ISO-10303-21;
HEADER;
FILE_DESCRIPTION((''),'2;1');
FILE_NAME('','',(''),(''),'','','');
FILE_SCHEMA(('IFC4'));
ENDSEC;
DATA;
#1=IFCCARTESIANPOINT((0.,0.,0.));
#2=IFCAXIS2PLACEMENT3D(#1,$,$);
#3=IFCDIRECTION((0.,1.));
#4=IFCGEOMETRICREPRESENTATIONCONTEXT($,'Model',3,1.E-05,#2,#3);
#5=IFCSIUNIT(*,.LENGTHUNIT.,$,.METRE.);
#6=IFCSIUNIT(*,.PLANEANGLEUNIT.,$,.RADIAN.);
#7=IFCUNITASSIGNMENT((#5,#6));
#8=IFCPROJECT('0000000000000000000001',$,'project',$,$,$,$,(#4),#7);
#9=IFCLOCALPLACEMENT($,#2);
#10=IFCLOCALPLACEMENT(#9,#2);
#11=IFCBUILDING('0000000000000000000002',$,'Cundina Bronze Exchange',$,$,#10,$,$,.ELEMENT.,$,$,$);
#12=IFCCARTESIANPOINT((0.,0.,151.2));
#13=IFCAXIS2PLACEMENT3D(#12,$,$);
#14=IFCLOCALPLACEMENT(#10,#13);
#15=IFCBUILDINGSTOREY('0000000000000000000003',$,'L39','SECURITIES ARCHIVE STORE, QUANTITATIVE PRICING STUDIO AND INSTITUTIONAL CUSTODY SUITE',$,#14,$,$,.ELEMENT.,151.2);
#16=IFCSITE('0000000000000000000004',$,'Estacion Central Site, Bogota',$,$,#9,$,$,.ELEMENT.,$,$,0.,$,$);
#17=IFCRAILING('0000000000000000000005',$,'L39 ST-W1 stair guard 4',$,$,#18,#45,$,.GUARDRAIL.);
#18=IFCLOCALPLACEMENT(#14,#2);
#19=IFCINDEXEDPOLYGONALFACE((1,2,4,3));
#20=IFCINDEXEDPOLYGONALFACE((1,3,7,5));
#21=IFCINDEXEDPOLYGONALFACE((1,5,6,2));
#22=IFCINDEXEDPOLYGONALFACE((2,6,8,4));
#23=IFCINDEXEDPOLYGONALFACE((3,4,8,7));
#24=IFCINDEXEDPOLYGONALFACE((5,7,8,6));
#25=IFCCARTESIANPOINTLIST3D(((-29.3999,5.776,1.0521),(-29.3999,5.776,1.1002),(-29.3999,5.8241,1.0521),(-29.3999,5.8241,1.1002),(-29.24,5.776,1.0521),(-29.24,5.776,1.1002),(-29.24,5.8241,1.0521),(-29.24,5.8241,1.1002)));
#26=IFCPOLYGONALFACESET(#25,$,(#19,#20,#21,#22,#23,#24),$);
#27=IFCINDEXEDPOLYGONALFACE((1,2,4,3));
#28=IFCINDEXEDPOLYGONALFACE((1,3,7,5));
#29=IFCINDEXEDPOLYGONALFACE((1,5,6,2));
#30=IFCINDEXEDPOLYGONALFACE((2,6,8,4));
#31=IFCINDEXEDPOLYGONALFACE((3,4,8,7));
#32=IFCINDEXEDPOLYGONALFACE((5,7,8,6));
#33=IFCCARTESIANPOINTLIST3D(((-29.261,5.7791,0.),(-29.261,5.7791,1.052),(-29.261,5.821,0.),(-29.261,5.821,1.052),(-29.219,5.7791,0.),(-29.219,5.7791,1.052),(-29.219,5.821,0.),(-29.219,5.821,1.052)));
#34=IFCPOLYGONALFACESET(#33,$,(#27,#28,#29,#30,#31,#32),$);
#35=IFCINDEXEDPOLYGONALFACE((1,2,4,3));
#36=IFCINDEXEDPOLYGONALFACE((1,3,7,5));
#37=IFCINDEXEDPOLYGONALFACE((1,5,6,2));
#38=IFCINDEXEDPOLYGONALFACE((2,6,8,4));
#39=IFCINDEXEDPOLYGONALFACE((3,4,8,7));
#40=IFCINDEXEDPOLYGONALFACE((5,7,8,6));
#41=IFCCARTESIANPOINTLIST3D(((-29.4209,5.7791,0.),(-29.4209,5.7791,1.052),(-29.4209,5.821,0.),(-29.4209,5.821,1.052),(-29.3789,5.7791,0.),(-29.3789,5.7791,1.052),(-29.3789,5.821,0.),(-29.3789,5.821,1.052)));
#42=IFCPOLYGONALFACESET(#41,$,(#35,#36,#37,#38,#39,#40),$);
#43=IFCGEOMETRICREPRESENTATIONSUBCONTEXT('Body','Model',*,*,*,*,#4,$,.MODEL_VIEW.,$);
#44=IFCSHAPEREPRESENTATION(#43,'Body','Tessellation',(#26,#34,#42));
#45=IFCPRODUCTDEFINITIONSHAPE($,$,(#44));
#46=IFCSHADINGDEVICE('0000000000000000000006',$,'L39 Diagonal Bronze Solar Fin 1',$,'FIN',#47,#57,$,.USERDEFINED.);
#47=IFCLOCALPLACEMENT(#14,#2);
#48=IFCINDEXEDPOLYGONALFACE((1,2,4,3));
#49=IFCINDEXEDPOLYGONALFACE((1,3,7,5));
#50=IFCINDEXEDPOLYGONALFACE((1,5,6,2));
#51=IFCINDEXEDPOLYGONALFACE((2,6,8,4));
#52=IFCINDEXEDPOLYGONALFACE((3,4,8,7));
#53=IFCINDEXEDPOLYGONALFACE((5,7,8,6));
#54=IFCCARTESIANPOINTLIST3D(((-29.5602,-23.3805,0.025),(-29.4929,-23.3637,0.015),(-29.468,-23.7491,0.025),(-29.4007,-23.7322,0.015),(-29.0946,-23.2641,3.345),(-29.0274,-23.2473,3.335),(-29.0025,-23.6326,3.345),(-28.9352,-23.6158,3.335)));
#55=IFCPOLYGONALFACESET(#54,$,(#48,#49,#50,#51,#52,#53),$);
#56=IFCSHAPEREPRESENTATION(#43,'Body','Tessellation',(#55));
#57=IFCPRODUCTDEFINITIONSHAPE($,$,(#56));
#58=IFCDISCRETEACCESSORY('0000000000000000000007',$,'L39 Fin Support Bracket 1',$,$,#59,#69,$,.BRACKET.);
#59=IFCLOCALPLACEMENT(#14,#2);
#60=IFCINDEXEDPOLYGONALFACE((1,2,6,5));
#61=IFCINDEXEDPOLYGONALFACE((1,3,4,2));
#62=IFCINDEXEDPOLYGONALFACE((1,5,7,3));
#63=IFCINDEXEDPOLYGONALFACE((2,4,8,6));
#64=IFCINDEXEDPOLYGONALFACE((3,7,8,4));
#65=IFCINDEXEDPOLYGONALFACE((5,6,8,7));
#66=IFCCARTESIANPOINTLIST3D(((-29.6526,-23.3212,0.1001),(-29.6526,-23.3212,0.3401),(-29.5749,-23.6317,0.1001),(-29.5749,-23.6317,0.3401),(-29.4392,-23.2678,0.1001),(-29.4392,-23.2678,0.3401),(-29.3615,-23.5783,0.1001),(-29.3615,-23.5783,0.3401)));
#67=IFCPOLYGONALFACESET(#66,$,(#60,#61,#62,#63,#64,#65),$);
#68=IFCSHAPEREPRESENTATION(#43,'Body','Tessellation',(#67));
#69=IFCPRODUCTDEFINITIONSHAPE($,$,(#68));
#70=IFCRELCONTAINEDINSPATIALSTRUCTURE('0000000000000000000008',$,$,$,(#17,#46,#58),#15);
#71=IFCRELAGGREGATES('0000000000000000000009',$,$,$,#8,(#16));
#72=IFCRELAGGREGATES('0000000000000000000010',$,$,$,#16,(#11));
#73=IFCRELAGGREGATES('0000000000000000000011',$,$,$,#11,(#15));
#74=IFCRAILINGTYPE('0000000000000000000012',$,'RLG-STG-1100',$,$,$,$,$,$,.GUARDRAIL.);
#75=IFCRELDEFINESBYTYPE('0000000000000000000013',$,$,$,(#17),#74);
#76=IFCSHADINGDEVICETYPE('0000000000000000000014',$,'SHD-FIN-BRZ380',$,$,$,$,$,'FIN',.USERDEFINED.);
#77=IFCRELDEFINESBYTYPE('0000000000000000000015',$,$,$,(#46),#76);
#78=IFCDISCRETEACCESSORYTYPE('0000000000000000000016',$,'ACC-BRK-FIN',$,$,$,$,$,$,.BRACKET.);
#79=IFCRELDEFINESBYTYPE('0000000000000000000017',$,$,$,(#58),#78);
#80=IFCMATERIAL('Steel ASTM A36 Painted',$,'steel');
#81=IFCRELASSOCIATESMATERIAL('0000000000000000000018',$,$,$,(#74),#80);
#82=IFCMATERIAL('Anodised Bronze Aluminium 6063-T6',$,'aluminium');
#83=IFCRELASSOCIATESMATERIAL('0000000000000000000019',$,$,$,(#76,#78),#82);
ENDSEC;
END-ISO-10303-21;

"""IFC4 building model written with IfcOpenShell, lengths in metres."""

from ifc_helpers import new_model, si_unit, direction, frame, origin, origin_2d, place, context, subcontext, project, spatial, rectangle, extrude, material, material_profile, profile_set, type_object, element, save


model = new_model("IFC4")

# Units and contexts
model_context = context("Model", 3, precision=1e-05, world=origin(), true_north=direction((0.0, 1.0)))
body_context = subcontext(model_context, "Body", "Model", "MODEL_VIEW")
ifc_project = project(units=[si_unit("LENGTHUNIT", "METRE"), si_unit("PLANEANGLEUNIT", "RADIAN")], contexts=[model_context])

# Site, building, storey
site_placement = place(None, origin())
site = spatial("IfcSite", under=ifc_project, at=site_placement, Name="Estacion Central Site, Bogota", CompositionType="ELEMENT", RefElevation=0.0)
building_placement = place(site_placement, origin())
building = spatial("IfcBuilding", under=site, at=building_placement, Name="Cundina Bronze Exchange", CompositionType="ELEMENT")
storey_placement = place(building_placement, frame((0.0, 0.0, 151.2)))
storey = spatial("IfcBuildingStorey", under=building, at=storey_placement, Name="L39", Description="SECURITIES ARCHIVE STORE, QUANTITATIVE PRICING STUDIO AND INSTITUTIONAL CUSTODY SUITE", CompositionType="ELEMENT", Elevation=151.2)

# Shared definitions
ifc_material_1 = material(Name="Anodised Bronze Aluminium 6063-T6", Category="aluminium")

# Shared definitions
ifc_material_2 = material(Name="Steel ASTM A36 Painted", Category="steel")

# Railing
railing_type = type_object("IfcRailingType", Name="RLG-STG-1100", PredefinedType="GUARDRAIL", material=ifc_material_2)
railing_1_placement = place(storey_placement, frame((-29.24, 5.8, 0.0)))
element("IfcRailing", 1, at=railing_1_placement, inside=storey, type_object=railing_type, Name="L39 ST-W1 stair guard 4", PredefinedType="GUARDRAIL", context=body_context, shape_type="SweptSolid", body=[
    extrude(rectangle(XDim=0.0481, YDim=0.0481, at=origin_2d()), frame((0.0, 0.0, 1.0762), z_axis=(-1.0, 0.0, 0.0), x_axis=(0.0, -1.0, 0.0)), (0.0, 0.0, 1.0), 0.1599),
    extrude(rectangle(XDim=0.042, YDim=0.042, at=origin_2d()), origin(), (0.0, 0.0, 1.0), 1.052),
    extrude(rectangle(XDim=0.042, YDim=0.042, at=origin_2d()), frame((-0.1599, 0.0, 0.0)), (0.0, 0.0, 1.0), 1.052),
])

# Shading device
ifc_material_profile_1 = material_profile(ifc_material_1, rectangle(XDim=0.0701, YDim=0.3799, at=origin_2d()), Name="FIN70X380", Category="aluminium")
ifc_profile_set_1 = profile_set([ifc_material_profile_1], Name="Anodised Bronze Aluminium 6063-T6")
shading_device_type = type_object("IfcShadingDeviceType", Name="SHD-FIN-BRZ380", ElementType="FIN", PredefinedType="USERDEFINED", material=ifc_profile_set_1)
shading_device_placement = place(storey_placement, frame((-29.4805, -23.5564, 0.02), z_axis=(0.138788, 0.034715, 0.989713), x_axis=(-0.960133, -0.240159, 0.143064)))
element("IfcShadingDevice", 2, at=shading_device_placement, inside=storey, type_object=shading_device_type, Name="L39 Diagonal Bronze Solar Fin 1", ObjectType="FIN", PredefinedType="USERDEFINED", context=body_context, shape_type="SweptSolid", body=[
    extrude(rectangle(XDim=0.0701, YDim=0.3799, at=origin_2d()), origin(), (0.0, 0.0, 1.0), 3.3545),
])

# Discrete accessory
discrete_accessory_type = type_object("IfcDiscreteAccessoryType", Name="ACC-BRK-FIN", PredefinedType="BRACKET", material=ifc_material_1)
discrete_accessory_placement = place(storey_placement, frame((-29.5071, -23.4497, 0.1001), z_axis=(0.0, 0.0, 1.0), x_axis=(0.970093, 0.242735, 0.0)))
element("IfcDiscreteAccessory", 3, at=discrete_accessory_placement, inside=storey, type_object=discrete_accessory_type, Name="L39 Fin Support Bracket 1", PredefinedType="BRACKET", context=body_context, shape_type="SweptSolid", body=[
    extrude(rectangle(XDim=0.22, YDim=0.3201, at=origin_2d()), origin(), (0.0, 0.0, 1.0), 0.24),
])

save(model, "model.ifc")
